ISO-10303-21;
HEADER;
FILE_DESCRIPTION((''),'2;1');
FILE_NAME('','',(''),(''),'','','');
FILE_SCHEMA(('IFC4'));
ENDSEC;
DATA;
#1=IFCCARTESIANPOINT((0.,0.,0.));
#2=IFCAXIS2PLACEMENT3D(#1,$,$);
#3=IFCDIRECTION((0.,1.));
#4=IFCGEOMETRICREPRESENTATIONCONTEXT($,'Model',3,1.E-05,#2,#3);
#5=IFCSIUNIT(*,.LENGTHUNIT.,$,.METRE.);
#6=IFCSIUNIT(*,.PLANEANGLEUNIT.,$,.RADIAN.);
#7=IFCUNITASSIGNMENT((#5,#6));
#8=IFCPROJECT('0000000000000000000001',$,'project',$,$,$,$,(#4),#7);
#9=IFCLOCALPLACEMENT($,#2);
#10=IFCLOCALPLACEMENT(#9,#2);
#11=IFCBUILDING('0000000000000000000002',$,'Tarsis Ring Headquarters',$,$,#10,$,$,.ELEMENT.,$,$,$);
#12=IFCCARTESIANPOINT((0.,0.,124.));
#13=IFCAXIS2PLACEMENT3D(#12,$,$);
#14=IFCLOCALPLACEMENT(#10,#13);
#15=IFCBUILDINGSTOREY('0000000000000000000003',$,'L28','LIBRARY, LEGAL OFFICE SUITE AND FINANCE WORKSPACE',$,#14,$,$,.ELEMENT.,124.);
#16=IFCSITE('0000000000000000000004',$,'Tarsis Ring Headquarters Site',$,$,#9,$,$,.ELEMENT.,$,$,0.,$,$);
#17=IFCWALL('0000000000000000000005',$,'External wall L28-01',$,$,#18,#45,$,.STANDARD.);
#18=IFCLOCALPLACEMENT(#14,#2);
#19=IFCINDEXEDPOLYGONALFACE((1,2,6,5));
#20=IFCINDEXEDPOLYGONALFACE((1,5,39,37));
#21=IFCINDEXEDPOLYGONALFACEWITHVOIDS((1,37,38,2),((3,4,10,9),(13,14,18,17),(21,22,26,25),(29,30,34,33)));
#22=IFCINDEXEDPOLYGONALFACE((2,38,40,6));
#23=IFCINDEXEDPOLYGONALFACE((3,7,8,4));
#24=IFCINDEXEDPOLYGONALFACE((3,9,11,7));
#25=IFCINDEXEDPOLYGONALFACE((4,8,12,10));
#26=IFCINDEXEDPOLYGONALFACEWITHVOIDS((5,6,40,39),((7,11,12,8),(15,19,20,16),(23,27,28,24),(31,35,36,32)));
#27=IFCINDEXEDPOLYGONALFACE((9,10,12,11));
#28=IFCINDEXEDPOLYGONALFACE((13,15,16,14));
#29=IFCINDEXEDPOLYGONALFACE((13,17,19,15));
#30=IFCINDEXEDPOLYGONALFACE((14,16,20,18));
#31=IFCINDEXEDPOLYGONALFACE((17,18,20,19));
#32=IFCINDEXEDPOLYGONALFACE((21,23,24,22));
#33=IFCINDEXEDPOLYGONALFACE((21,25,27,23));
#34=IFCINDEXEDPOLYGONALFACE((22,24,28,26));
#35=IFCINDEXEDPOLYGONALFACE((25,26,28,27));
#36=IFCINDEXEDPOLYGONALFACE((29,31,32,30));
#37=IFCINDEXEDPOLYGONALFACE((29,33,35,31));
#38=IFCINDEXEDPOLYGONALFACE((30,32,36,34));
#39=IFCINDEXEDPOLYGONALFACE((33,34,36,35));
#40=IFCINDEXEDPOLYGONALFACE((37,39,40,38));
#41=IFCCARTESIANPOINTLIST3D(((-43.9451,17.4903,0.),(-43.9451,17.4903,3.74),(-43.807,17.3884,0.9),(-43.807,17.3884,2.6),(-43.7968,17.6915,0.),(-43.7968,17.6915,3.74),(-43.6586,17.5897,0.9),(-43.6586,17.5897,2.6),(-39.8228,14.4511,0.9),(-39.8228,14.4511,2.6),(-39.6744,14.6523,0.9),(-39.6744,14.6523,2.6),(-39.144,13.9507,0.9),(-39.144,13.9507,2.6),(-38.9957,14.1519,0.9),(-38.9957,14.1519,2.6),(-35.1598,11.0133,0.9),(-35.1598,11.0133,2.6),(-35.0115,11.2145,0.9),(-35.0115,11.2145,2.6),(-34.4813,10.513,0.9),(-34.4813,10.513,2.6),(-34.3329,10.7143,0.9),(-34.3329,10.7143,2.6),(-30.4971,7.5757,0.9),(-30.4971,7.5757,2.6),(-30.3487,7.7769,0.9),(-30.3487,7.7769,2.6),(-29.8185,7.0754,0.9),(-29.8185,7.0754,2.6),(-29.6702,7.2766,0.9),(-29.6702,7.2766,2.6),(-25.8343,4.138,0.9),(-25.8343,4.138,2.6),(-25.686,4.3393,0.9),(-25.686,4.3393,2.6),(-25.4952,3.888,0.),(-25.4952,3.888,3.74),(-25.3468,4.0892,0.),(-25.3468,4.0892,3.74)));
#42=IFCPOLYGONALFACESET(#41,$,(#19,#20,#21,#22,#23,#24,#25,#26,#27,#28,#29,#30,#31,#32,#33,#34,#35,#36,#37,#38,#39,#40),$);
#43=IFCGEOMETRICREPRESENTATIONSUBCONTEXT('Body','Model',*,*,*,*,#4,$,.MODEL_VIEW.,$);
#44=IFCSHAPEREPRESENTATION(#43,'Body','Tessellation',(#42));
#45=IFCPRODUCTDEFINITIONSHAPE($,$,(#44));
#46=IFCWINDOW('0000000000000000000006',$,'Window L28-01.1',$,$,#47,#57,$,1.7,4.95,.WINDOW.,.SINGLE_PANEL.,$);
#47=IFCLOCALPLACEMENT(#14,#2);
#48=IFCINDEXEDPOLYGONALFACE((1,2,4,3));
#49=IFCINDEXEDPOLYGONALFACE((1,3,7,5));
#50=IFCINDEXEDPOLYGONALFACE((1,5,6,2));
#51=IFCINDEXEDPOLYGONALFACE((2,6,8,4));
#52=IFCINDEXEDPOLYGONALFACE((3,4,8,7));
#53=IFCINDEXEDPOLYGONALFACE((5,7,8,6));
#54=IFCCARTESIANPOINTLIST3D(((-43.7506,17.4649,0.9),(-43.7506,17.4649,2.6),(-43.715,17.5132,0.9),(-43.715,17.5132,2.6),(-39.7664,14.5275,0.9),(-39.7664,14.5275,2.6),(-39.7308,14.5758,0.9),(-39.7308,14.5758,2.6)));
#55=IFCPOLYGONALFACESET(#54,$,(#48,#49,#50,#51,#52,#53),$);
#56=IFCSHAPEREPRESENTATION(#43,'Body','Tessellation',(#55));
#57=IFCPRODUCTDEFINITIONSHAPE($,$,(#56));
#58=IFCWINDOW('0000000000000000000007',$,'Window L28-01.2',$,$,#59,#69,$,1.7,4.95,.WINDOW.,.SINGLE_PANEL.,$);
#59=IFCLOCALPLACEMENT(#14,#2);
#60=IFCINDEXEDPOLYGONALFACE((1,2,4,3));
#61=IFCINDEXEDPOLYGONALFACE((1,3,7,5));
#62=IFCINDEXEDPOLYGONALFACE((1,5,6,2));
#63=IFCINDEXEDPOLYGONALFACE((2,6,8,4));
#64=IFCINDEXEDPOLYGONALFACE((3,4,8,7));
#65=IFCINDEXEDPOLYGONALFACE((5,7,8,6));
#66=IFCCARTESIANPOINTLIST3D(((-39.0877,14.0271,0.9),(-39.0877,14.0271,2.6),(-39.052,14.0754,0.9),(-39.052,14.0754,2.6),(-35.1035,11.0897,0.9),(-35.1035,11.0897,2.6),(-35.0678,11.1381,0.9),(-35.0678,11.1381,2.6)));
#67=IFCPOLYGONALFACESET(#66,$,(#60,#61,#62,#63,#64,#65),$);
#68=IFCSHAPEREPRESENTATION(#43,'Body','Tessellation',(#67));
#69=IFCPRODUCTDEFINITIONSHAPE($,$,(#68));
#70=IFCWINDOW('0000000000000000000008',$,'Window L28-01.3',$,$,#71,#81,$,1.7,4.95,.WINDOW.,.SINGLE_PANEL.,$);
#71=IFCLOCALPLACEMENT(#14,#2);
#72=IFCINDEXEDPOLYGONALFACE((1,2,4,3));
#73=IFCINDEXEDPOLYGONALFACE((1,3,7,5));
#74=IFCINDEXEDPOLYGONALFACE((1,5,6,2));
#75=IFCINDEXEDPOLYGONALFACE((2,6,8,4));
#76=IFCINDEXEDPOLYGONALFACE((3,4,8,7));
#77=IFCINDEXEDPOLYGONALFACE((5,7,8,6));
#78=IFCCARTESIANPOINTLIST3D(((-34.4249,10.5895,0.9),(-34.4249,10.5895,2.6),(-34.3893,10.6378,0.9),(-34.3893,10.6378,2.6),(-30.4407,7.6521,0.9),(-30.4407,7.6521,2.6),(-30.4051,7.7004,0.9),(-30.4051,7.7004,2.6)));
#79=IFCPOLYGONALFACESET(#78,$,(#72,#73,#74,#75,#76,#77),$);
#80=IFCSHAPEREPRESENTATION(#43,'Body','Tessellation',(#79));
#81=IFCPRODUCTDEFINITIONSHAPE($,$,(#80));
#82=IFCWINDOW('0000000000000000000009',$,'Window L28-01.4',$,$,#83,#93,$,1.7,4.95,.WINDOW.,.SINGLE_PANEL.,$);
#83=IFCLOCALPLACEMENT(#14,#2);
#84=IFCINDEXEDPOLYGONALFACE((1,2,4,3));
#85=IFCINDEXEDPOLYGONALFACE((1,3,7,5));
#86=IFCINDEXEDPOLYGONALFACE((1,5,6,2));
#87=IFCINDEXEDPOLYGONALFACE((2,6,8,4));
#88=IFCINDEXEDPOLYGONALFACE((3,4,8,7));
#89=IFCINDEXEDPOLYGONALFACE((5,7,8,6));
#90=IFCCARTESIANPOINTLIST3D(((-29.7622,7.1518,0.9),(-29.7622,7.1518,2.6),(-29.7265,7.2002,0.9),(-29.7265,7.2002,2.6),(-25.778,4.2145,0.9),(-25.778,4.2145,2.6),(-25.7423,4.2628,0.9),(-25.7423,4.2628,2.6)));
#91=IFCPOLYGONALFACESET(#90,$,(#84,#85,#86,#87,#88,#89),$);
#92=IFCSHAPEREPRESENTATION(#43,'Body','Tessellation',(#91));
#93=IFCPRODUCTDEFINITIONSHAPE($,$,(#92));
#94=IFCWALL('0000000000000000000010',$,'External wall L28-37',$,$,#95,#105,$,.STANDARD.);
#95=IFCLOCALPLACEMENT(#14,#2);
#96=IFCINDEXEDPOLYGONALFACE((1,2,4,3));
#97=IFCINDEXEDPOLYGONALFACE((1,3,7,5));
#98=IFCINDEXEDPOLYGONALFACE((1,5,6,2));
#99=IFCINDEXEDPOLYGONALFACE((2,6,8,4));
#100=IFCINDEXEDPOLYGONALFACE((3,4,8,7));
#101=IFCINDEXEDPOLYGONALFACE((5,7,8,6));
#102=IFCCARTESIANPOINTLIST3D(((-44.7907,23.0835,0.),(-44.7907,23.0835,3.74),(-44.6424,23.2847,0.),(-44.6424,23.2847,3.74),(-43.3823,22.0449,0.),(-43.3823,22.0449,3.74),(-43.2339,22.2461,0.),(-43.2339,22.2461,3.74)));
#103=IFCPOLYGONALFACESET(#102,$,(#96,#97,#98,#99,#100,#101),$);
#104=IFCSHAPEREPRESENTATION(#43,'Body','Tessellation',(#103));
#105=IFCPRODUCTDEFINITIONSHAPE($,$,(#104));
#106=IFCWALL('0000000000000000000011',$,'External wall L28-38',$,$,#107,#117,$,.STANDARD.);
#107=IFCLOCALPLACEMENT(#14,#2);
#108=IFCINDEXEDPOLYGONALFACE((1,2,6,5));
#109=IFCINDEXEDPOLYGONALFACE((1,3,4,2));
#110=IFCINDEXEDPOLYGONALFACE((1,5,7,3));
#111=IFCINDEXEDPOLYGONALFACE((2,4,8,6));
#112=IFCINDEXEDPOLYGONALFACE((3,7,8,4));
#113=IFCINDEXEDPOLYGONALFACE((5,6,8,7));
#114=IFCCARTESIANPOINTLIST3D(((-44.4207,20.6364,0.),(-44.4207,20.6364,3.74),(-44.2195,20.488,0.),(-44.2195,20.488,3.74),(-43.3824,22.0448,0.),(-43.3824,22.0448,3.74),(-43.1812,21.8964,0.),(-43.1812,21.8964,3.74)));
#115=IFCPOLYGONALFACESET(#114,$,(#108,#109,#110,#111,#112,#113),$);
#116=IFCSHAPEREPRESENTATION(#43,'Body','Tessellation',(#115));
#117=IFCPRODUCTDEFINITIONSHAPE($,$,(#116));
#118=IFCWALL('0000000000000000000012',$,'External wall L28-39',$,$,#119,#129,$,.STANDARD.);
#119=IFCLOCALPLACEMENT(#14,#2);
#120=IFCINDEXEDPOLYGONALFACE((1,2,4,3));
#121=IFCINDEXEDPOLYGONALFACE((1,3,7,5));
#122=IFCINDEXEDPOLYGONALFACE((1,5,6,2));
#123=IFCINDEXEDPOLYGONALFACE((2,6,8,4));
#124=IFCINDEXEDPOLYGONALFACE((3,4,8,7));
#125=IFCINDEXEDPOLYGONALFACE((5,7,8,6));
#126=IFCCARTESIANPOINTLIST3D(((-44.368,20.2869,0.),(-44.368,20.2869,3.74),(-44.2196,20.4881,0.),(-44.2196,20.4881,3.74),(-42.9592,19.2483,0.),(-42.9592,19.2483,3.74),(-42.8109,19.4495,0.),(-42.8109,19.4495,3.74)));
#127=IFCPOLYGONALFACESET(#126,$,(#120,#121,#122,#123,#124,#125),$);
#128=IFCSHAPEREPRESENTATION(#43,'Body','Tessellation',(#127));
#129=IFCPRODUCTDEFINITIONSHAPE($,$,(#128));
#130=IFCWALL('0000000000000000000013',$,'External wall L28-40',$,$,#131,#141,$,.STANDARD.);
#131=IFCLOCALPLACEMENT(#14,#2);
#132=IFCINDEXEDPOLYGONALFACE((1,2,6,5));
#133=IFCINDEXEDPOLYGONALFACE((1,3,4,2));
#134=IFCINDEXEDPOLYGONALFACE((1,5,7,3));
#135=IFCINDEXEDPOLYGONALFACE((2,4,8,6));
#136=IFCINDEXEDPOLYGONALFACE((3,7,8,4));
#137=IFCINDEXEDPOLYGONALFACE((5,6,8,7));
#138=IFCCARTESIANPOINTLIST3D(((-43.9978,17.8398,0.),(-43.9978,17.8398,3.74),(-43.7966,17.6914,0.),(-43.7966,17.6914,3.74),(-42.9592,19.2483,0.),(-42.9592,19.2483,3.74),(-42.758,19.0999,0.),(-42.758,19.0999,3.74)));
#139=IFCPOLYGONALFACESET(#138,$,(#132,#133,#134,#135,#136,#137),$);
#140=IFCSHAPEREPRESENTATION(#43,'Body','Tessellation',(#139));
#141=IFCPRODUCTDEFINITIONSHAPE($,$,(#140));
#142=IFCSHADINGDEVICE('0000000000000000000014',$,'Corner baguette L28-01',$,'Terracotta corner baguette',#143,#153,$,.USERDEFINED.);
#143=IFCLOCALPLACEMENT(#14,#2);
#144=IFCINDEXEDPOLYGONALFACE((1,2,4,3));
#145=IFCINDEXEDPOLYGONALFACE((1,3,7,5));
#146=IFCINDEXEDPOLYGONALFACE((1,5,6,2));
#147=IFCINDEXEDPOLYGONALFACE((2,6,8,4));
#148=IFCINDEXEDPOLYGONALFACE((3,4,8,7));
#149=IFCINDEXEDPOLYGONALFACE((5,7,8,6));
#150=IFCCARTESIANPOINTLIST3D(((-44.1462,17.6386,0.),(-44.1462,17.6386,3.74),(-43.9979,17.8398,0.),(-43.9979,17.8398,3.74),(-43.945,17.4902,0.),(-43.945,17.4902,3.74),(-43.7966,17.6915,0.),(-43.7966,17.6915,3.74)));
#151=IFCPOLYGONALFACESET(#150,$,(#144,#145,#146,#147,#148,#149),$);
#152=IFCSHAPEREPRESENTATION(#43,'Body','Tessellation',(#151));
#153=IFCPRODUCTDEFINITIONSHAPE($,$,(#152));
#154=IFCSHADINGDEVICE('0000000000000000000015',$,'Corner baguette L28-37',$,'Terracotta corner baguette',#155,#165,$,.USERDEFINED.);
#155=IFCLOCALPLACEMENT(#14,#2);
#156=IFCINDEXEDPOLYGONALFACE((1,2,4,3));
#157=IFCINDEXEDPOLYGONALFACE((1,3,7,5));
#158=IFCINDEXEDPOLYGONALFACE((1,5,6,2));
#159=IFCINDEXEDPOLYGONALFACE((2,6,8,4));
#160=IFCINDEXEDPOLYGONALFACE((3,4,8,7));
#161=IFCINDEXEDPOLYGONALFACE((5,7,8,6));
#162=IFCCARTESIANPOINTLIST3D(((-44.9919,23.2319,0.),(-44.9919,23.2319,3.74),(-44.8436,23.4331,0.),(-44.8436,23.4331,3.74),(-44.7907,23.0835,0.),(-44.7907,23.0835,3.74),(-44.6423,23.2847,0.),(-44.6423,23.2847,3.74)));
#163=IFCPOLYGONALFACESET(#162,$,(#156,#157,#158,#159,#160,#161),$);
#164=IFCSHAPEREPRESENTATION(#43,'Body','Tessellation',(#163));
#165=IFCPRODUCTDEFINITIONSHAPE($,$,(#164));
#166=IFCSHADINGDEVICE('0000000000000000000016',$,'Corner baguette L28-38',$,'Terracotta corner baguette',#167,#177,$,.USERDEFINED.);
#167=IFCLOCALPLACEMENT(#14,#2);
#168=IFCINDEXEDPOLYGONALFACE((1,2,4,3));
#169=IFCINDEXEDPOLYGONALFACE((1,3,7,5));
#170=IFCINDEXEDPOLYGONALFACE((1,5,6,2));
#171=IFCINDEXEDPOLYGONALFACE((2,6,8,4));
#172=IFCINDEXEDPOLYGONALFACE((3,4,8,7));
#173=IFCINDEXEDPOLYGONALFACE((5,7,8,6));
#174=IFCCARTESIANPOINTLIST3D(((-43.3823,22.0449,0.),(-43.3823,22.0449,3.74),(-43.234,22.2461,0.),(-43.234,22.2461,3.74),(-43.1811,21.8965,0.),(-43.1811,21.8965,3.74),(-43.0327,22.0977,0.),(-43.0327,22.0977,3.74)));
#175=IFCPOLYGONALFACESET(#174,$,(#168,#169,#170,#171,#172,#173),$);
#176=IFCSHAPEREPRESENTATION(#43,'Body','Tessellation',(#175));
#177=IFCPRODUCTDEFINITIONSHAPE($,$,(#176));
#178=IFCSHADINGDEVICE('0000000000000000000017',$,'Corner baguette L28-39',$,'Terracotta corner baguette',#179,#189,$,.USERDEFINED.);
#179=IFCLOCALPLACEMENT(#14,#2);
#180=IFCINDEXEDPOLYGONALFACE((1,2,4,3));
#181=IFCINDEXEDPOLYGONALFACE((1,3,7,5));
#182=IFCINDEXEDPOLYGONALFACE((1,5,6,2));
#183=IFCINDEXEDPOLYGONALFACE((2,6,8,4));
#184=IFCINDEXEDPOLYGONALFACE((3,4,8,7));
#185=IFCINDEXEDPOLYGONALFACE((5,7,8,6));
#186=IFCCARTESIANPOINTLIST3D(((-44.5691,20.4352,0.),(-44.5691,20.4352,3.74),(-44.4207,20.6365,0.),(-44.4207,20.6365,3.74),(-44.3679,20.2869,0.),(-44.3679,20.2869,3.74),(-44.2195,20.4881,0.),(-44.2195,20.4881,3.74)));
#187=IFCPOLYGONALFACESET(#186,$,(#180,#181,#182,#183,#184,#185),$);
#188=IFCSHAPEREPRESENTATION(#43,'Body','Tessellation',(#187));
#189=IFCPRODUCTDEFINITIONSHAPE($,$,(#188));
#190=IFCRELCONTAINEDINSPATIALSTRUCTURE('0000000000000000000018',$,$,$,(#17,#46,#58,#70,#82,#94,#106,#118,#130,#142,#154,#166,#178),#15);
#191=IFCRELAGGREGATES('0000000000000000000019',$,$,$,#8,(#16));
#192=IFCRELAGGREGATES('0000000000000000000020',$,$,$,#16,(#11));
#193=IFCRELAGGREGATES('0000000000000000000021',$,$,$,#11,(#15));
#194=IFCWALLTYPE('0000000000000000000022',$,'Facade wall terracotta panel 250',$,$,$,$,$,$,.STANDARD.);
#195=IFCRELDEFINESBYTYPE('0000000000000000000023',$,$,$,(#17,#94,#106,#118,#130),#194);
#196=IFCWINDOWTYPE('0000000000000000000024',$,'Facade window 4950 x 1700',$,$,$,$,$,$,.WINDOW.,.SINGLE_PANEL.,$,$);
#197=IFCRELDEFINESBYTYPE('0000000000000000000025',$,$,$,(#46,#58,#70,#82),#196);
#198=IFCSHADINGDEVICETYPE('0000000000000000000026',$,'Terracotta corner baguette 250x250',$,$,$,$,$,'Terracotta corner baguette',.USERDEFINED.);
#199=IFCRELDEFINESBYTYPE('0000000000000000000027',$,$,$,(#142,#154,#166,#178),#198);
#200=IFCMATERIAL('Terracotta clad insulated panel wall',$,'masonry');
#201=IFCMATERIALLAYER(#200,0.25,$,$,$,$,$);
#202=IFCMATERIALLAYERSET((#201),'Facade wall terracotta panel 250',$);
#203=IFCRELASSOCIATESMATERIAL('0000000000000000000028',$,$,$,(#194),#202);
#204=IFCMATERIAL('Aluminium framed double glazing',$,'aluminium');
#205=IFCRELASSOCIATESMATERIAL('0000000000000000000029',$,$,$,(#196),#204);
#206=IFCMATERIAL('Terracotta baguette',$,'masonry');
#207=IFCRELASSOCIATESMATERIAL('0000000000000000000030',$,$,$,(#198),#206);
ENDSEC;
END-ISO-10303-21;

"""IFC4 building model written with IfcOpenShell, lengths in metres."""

from ifc_helpers import new_model, si_unit, direction, frame, frame_2d, origin, origin_2d, place, context, subcontext, project, spatial, rectangle, extrude, material, layer, layer_set, type_object, element, fill, save


model = new_model("IFC4")

# Units and contexts
model_context = context("Model", 3, precision=1e-05, world=origin(), true_north=direction((0.0, 1.0)))
body_context = subcontext(model_context, "Body", "Model", "MODEL_VIEW")
ifc_project = project(units=[si_unit("LENGTHUNIT", "METRE"), si_unit("PLANEANGLEUNIT", "RADIAN")], contexts=[model_context])

# Site, building, storey
site_placement = place(None, origin())
site = spatial("IfcSite", under=ifc_project, at=site_placement, Name="Tarsis Ring Headquarters Site", CompositionType="ELEMENT", RefElevation=0.0)
building_placement = place(site_placement, origin())
building = spatial("IfcBuilding", under=site, at=building_placement, Name="Tarsis Ring Headquarters", CompositionType="ELEMENT")
storey_placement = place(building_placement, frame((0.0, 0.0, 124.0)))
storey = spatial("IfcBuildingStorey", under=building, at=storey_placement, Name="L28", Description="LIBRARY, LEGAL OFFICE SUITE AND FINANCE WORKSPACE", CompositionType="ELEMENT", Elevation=124.0)

# Wall, openings, windows
ifc_material_1 = material(Name="Terracotta clad insulated panel wall", Category="masonry")
ifc_layer_1 = layer(ifc_material_1, 0.25)
ifc_layer_set_1 = layer_set([ifc_layer_1], Name="Facade wall terracotta panel 250")
wall_type_1 = type_object("IfcWallType", Name="Facade wall terracotta panel 250", PredefinedType="STANDARD", material=ifc_layer_set_1)
wall_1_placement = place(storey_placement, frame((-43.8708, 17.5908, 0.0), z_axis=(0.0, 0.0, 1.0), x_axis=(0.804898, -0.593414, 0.0)))
wall_1 = element("IfcWall", 1, at=wall_1_placement, inside=storey, type_object=wall_type_1, Name="External wall L28-01", PredefinedType="STANDARD", context=body_context, shape_type="SweptSolid", body=[
    extrude(rectangle(XDim=22.9221, YDim=0.25, at=frame_2d((11.4609, 0.0))), origin(), (0.0, 0.0, 1.0), 3.74),
])
opening_1_placement = place(wall_1_placement, frame((0.1714, 0.0, 0.8999)))
opening_1 = element("IfcOpeningElement", 2, at=opening_1_placement, cuts=wall_1, PredefinedType="OPENING", context=body_context, shape_type="SweptSolid", body=[
    extrude(rectangle(XDim=4.95, YDim=1.7, at=frame_2d((2.4751, 0.8501))), frame((0.0, 0.135, 0.0), z_axis=(0.0, -1.0, 0.0), x_axis=(1.0, 0.0, 0.0)), (0.0, 0.0, 1.0), 0.27),
])
opening_2_placement = place(wall_1_placement, frame((5.9646, 0.0, 0.8999)))
opening_2 = element("IfcOpeningElement", 3, at=opening_2_placement, cuts=wall_1, PredefinedType="OPENING", context=body_context, shape_type="SweptSolid", body=[
    extrude(rectangle(XDim=4.95, YDim=1.7, at=frame_2d((2.4751, 0.8501))), frame((0.0, 0.135, 0.0), z_axis=(0.0, -1.0, 0.0), x_axis=(1.0, 0.0, 0.0)), (0.0, 0.0, 1.0), 0.27),
])
opening_3_placement = place(wall_1_placement, frame((11.7576, 0.0, 0.8999)))
opening_3 = element("IfcOpeningElement", 4, at=opening_3_placement, cuts=wall_1, PredefinedType="OPENING", context=body_context, shape_type="SweptSolid", body=[
    extrude(rectangle(XDim=4.95, YDim=1.7, at=frame_2d((2.4751, 0.8501))), frame((0.0, 0.135, 0.0), z_axis=(0.0, -1.0, 0.0), x_axis=(1.0, 0.0, 0.0)), (0.0, 0.0, 1.0), 0.27),
])
opening_4_placement = place(wall_1_placement, frame((17.5505, 0.0, 0.8999)))
opening_4 = element("IfcOpeningElement", 5, at=opening_4_placement, cuts=wall_1, PredefinedType="OPENING", context=body_context, shape_type="SweptSolid", body=[
    extrude(rectangle(XDim=4.95, YDim=1.7, at=frame_2d((2.4751, 0.8501))), frame((0.0, 0.135, 0.0), z_axis=(0.0, -1.0, 0.0), x_axis=(1.0, 0.0, 0.0)), (0.0, 0.0, 1.0), 0.27),
])
ifc_material_2 = material(Name="Aluminium framed double glazing", Category="aluminium")
window_type = type_object("IfcWindowType", Name="Facade window 4950 x 1700", PartitioningType="SINGLE_PANEL", PredefinedType="WINDOW", material=ifc_material_2)
window_1_placement = place(opening_1_placement, origin())
window_1 = element("IfcWindow", 6, at=window_1_placement, inside=storey, type_object=window_type, Name="Window L28-01.1", OverallHeight=1.7, OverallWidth=4.95, PartitioningType="SINGLE_PANEL", PredefinedType="WINDOW", context=body_context, shape_type="SweptSolid", body=[
    extrude(rectangle(XDim=4.95, YDim=1.7, at=frame_2d((2.4751, 0.8501))), frame((0.0, 0.03, 0.0), z_axis=(0.0, -1.0, 0.0), x_axis=(1.0, 0.0, 0.0)), (0.0, 0.0, 1.0), 0.0601),
])
fill(opening_1, window_1)
window_2_placement = place(opening_2_placement, origin())
window_2 = element("IfcWindow", 7, at=window_2_placement, inside=storey, type_object=window_type, Name="Window L28-01.2", OverallHeight=1.7, OverallWidth=4.95, PartitioningType="SINGLE_PANEL", PredefinedType="WINDOW", context=body_context, shape_type="SweptSolid", body=[
    extrude(rectangle(XDim=4.95, YDim=1.7, at=frame_2d((2.4751, 0.8501))), frame((0.0, 0.03, 0.0), z_axis=(0.0, -1.0, 0.0), x_axis=(1.0, 0.0, 0.0)), (0.0, 0.0, 1.0), 0.0601),
])
fill(opening_2, window_2)
window_3_placement = place(opening_3_placement, origin())
window_3 = element("IfcWindow", 8, at=window_3_placement, inside=storey, type_object=window_type, Name="Window L28-01.3", OverallHeight=1.7, OverallWidth=4.95, PartitioningType="SINGLE_PANEL", PredefinedType="WINDOW", context=body_context, shape_type="SweptSolid", body=[
    extrude(rectangle(XDim=4.95, YDim=1.7, at=frame_2d((2.4751, 0.8501))), frame((0.0, 0.03, 0.0), z_axis=(0.0, -1.0, 0.0), x_axis=(1.0, 0.0, 0.0)), (0.0, 0.0, 1.0), 0.0601),
])
fill(opening_3, window_3)
window_4_placement = place(opening_4_placement, origin())
window_4 = element("IfcWindow", 9, at=window_4_placement, inside=storey, type_object=window_type, Name="Window L28-01.4", OverallHeight=1.7, OverallWidth=4.95, PartitioningType="SINGLE_PANEL", PredefinedType="WINDOW", context=body_context, shape_type="SweptSolid", body=[
    extrude(rectangle(XDim=4.95, YDim=1.7, at=frame_2d((2.4751, 0.8501))), frame((0.0, 0.03, 0.0), z_axis=(0.0, -1.0, 0.0), x_axis=(1.0, 0.0, 0.0)), (0.0, 0.0, 1.0), 0.0601),
])
fill(opening_4, window_4)

# Walls
wall_2_placement = place(storey_placement, frame((-44.7166, 23.1841, 0.0), z_axis=(0.0, 0.0, 1.0), x_axis=(0.804845, -0.593485, 0.0)))
element("IfcWall", 10, at=wall_2_placement, inside=storey, type_object=wall_type_1, Name="External wall L28-37", PredefinedType="STANDARD", context=body_context, shape_type="SweptSolid", body=[
    extrude(rectangle(XDim=1.75, YDim=0.25, at=frame_2d((0.875, 0.0))), origin(), (0.0, 0.0, 1.0), 3.74),
])
wall_3_placement = place(storey_placement, frame((-43.2817, 21.9707, 0.0), z_axis=(0.0, 0.0, 1.0), x_axis=(-0.593394, -0.804912, 0.0)))
element("IfcWall", 11, at=wall_3_placement, inside=storey, type_object=wall_type_1, Name="External wall L28-38", PredefinedType="STANDARD", context=body_context, shape_type="SweptSolid", body=[
    extrude(rectangle(XDim=1.7498, YDim=0.25, at=frame_2d((0.875, 0.0))), origin(), (0.0, 0.0, 1.0), 3.74),
])
wall_4_placement = place(storey_placement, frame((-44.2937, 20.3875, 0.0), z_axis=(0.0, 0.0, 1.0), x_axis=(0.804895, -0.593418, 0.0)))
element("IfcWall", 12, at=wall_4_placement, inside=storey, type_object=wall_type_1, Name="External wall L28-39", PredefinedType="STANDARD", context=body_context, shape_type="SweptSolid", body=[
    extrude(rectangle(XDim=1.7502, YDim=0.25, at=frame_2d((0.875, 0.0))), origin(), (0.0, 0.0, 1.0), 3.74),
])
wall_5_placement = place(storey_placement, frame((-42.8586, 19.1741, 0.0), z_axis=(0.0, 0.0, 1.0), x_axis=(-0.593485, -0.804845, 0.0)))
element("IfcWall", 13, at=wall_5_placement, inside=storey, type_object=wall_type_1, Name="External wall L28-40", PredefinedType="STANDARD", context=body_context, shape_type="SweptSolid", body=[
    extrude(rectangle(XDim=1.75, YDim=0.25, at=frame_2d((0.875, 0.0))), origin(), (0.0, 0.0, 1.0), 3.74),
])

# Shading devices
ifc_material_3 = material(Name="Terracotta baguette", Category="masonry")
shading_device_type_1 = type_object("IfcShadingDeviceType", Name="Terracotta corner baguette 250x250", ElementType="Terracotta corner baguette", PredefinedType="USERDEFINED", material=ifc_material_3)
for number, where, z_axis, x_axis, name in (
    (14, (-43.9714, 17.665, 0.0), (0.0, 0.0, 1.0), (-0.593419, -0.804894, 0.0), "Corner baguette L28-01"),
    (15, (-44.8171, 23.2583, 0.0), (0.0, 0.0, 1.0), (-0.593419, -0.804894, 0.0), "Corner baguette L28-37"),
    (16, (-43.2075, 22.0713, 0.0), (0.0, 0.0, 1.0), (0.804894, -0.593419, 0.0), "Corner baguette L28-38"),
    (17, (-44.3943, 20.4617, 0.0), (0.0, 0.0, 1.0), (-0.593419, -0.804894, 0.0), "Corner baguette L28-39"),
):
    element("IfcShadingDevice", number, at=place(storey_placement, frame(where, z_axis=z_axis, x_axis=x_axis)), inside=storey, type_object=shading_device_type_1, Name=name, ObjectType="Terracotta corner baguette", PredefinedType="USERDEFINED", context=body_context, shape_type="SweptSolid", body=[
        extrude(rectangle(XDim=0.25, YDim=0.25, at=origin_2d()), origin(), (0.0, 0.0, 1.0), 3.74),
    ])

save(model, "model.ifc")
